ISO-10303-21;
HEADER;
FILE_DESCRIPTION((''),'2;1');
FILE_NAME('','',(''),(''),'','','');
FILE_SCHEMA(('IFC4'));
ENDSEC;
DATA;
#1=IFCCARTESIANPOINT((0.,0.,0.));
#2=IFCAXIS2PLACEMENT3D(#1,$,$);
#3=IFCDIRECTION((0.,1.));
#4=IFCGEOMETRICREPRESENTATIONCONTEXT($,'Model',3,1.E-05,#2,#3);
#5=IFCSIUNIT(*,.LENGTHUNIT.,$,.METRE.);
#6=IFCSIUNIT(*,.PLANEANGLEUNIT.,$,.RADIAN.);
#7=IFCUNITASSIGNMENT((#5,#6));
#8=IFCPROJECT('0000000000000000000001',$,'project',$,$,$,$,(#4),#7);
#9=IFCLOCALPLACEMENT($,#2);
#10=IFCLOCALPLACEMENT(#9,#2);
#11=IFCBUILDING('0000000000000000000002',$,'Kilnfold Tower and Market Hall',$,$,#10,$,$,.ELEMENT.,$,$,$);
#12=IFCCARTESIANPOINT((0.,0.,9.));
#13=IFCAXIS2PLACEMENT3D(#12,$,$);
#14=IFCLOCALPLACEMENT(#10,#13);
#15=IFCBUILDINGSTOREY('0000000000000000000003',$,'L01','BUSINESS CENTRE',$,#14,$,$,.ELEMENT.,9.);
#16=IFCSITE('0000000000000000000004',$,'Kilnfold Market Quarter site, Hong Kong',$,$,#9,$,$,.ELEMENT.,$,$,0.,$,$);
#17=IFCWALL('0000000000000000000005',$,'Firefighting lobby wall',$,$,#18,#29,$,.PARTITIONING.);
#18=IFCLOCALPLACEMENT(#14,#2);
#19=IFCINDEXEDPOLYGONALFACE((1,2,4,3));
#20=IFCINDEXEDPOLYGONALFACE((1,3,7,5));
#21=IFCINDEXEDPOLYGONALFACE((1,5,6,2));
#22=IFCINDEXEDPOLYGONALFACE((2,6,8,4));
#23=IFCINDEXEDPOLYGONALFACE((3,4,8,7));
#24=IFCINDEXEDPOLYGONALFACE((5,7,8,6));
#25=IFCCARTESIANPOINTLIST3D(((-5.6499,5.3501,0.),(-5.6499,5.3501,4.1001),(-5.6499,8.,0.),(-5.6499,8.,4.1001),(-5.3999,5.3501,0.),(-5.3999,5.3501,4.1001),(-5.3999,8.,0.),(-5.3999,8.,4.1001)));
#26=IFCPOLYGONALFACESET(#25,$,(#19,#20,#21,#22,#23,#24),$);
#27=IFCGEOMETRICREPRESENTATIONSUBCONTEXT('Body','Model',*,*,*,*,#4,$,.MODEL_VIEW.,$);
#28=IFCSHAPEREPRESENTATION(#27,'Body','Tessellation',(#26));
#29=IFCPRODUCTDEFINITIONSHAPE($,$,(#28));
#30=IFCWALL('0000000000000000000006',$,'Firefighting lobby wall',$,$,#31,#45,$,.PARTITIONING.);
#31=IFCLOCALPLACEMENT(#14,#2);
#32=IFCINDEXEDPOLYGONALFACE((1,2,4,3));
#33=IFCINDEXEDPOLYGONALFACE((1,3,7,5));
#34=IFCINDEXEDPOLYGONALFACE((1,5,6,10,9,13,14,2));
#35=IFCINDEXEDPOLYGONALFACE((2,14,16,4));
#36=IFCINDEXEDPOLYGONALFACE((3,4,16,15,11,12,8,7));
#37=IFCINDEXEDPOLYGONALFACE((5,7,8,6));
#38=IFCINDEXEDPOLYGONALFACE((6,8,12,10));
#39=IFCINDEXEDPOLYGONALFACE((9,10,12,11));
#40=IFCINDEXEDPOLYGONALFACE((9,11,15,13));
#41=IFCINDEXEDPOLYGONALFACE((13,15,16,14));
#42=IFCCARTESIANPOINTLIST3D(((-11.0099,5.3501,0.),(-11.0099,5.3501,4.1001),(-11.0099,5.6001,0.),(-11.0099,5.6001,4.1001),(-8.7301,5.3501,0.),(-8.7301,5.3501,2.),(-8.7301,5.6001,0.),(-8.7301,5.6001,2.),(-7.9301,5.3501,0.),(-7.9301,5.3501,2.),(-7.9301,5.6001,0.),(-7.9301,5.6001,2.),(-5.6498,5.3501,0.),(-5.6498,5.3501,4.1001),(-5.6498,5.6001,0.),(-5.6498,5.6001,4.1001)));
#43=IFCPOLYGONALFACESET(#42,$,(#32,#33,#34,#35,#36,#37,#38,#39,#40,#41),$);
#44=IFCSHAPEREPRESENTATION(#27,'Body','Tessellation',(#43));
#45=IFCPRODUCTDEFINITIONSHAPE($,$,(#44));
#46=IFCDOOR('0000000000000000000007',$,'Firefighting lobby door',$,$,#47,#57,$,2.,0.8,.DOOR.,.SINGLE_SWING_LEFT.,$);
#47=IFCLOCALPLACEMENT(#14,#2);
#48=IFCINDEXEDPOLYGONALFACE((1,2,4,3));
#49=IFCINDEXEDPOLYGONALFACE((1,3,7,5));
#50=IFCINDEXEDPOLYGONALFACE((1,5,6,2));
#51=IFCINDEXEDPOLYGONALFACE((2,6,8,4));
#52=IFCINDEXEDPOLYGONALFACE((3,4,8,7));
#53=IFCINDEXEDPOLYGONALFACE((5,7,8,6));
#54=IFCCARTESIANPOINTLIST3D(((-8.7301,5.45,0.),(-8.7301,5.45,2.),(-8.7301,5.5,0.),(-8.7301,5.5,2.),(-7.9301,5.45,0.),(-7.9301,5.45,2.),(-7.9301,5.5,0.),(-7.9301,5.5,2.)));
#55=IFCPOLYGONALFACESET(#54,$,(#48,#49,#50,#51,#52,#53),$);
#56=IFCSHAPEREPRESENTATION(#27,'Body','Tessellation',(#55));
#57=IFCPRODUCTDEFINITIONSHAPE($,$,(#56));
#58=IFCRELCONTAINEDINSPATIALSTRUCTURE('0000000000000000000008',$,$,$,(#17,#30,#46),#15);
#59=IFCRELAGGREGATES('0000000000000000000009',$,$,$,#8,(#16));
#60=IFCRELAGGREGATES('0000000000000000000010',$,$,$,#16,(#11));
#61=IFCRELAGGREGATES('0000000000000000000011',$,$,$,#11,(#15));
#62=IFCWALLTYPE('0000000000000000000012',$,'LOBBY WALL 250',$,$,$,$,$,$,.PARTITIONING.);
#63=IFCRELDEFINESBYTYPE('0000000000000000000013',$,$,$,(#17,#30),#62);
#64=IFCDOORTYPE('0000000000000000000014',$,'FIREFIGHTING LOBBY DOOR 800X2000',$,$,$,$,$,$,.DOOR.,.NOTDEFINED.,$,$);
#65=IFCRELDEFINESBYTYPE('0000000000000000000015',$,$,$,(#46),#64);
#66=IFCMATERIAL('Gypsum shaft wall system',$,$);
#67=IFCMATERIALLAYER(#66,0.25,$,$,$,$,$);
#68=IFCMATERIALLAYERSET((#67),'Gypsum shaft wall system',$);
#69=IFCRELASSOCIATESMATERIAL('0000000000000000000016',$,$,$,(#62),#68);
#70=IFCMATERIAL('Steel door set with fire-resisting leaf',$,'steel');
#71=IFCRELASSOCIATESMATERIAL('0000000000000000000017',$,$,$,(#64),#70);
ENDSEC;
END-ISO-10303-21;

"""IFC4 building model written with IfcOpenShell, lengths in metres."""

from ifc_helpers import new_model, si_unit, direction, frame, frame_2d, origin, place, context, subcontext, project, spatial, rectangle, extrude, source, transform, mapped, material, layer, layer_set, type_object, element, fill, save


model = new_model("IFC4")

# Units and contexts
model_context = context("Model", 3, precision=1e-05, world=origin(), true_north=direction((0.0, 1.0)))
body_context = subcontext(model_context, "Body", "Model", "MODEL_VIEW")
ifc_project = project(units=[si_unit("LENGTHUNIT", "METRE"), si_unit("PLANEANGLEUNIT", "RADIAN")], contexts=[model_context])

# Site, building, storey
site_placement = place(None, origin())
site = spatial("IfcSite", under=ifc_project, at=site_placement, Name="Kilnfold Market Quarter site, Hong Kong", CompositionType="ELEMENT", RefElevation=0.0)
building_placement = place(site_placement, origin())
building = spatial("IfcBuilding", under=site, at=building_placement, Name="Kilnfold Tower and Market Hall", CompositionType="ELEMENT")
storey_placement = place(building_placement, frame((0.0, 0.0, 9.0)))
storey = spatial("IfcBuildingStorey", under=building, at=storey_placement, Name="L01", Description="BUSINESS CENTRE", CompositionType="ELEMENT", Elevation=9.0)

# Wall
ifc_material_1 = material(Name="Gypsum shaft wall system")
ifc_layer_1 = layer(ifc_material_1, 0.25)
ifc_layer_set_1 = layer_set([ifc_layer_1], Name="Gypsum shaft wall system")
wall_type_1 = type_object("IfcWallType", Name="LOBBY WALL 250", PredefinedType="PARTITIONING", material=ifc_layer_set_1)
shared_shape_1 = source(origin(), body_context, "Body", "SweptSolid", [
    extrude(rectangle(XDim=2.6499, YDim=0.25, at=frame_2d((1.325, 0.0))), origin(), (0.0, 0.0, 1.0), 4.1001),
])
for number, where, z_axis, x_axis, name in (
    (1, (-5.5249, 5.3501, 0.0), (0.0, 0.0, 1.0), (0.0, 1.0, 0.0), "Firefighting lobby wall"),
):
    element("IfcWall", number, at=place(storey_placement, frame(where, z_axis=z_axis, x_axis=x_axis)), inside=storey, type_object=wall_type_1, Name=name, PredefinedType="PARTITIONING", context=body_context, shape_type="MappedRepresentation", body=[
        mapped(shared_shape_1, transform((0.0, 0.0, 0.0))),
    ])

# Wall, opening, door
shared_shape_2 = source(origin(), body_context, "Body", "SweptSolid", [
    extrude(rectangle(XDim=5.3601, YDim=0.25, at=frame_2d((2.6802, 0.0))), origin(), (0.0, 0.0, 1.0), 4.1001),
])
wall_1_placement = place(storey_placement, frame((-11.01, 5.4751, 0.0), z_axis=(0.0, 0.0, 1.0), x_axis=(1.0, 0.0, 0.0)))
wall_1 = element("IfcWall", 2, at=wall_1_placement, inside=storey, type_object=wall_type_1, Name="Firefighting lobby wall", PredefinedType="PARTITIONING", context=body_context, shape_type="MappedRepresentation", body=[
    mapped(shared_shape_2, transform((0.0, 0.0, 0.0))),
])
opening_1_placement = place(wall_1_placement, frame((2.28, 0.0, 0.0)))
opening_1 = element("IfcOpeningElement", 3, at=opening_1_placement, cuts=wall_1, PredefinedType="OPENING", context=body_context, shape_type="SweptSolid", body=[
    extrude(rectangle(XDim=0.8, YDim=2.0, at=frame_2d((0.3999, 1.0))), frame((0.0, 0.135, 0.0), z_axis=(0.0, -1.0, 0.0), x_axis=(1.0, 0.0, 0.0)), (0.0, 0.0, 1.0), 0.27),
])
ifc_material_2 = material(Name="Steel door set with fire-resisting leaf", Category="steel")
door_type_1 = type_object("IfcDoorType", Name="FIREFIGHTING LOBBY DOOR 800X2000", OperationType="NOTDEFINED", PredefinedType="DOOR", material=ifc_material_2)
door_1_placement = place(opening_1_placement, origin())
door_1 = element("IfcDoor", 4, at=door_1_placement, inside=storey, type_object=door_type_1, Name="Firefighting lobby door", OperationType="SINGLE_SWING_LEFT", OverallHeight=2.0, OverallWidth=0.8, PredefinedType="DOOR", context=body_context, shape_type="SweptSolid", body=[
    extrude(rectangle(XDim=0.8, YDim=2.0, at=frame_2d((0.3999, 1.0))), frame((0.0, 0.0249, 0.0), z_axis=(0.0, -1.0, 0.0), x_axis=(1.0, 0.0, 0.0)), (0.0, 0.0, 1.0), 0.05),
])
fill(opening_1, door_1)

save(model, "model.ifc")
